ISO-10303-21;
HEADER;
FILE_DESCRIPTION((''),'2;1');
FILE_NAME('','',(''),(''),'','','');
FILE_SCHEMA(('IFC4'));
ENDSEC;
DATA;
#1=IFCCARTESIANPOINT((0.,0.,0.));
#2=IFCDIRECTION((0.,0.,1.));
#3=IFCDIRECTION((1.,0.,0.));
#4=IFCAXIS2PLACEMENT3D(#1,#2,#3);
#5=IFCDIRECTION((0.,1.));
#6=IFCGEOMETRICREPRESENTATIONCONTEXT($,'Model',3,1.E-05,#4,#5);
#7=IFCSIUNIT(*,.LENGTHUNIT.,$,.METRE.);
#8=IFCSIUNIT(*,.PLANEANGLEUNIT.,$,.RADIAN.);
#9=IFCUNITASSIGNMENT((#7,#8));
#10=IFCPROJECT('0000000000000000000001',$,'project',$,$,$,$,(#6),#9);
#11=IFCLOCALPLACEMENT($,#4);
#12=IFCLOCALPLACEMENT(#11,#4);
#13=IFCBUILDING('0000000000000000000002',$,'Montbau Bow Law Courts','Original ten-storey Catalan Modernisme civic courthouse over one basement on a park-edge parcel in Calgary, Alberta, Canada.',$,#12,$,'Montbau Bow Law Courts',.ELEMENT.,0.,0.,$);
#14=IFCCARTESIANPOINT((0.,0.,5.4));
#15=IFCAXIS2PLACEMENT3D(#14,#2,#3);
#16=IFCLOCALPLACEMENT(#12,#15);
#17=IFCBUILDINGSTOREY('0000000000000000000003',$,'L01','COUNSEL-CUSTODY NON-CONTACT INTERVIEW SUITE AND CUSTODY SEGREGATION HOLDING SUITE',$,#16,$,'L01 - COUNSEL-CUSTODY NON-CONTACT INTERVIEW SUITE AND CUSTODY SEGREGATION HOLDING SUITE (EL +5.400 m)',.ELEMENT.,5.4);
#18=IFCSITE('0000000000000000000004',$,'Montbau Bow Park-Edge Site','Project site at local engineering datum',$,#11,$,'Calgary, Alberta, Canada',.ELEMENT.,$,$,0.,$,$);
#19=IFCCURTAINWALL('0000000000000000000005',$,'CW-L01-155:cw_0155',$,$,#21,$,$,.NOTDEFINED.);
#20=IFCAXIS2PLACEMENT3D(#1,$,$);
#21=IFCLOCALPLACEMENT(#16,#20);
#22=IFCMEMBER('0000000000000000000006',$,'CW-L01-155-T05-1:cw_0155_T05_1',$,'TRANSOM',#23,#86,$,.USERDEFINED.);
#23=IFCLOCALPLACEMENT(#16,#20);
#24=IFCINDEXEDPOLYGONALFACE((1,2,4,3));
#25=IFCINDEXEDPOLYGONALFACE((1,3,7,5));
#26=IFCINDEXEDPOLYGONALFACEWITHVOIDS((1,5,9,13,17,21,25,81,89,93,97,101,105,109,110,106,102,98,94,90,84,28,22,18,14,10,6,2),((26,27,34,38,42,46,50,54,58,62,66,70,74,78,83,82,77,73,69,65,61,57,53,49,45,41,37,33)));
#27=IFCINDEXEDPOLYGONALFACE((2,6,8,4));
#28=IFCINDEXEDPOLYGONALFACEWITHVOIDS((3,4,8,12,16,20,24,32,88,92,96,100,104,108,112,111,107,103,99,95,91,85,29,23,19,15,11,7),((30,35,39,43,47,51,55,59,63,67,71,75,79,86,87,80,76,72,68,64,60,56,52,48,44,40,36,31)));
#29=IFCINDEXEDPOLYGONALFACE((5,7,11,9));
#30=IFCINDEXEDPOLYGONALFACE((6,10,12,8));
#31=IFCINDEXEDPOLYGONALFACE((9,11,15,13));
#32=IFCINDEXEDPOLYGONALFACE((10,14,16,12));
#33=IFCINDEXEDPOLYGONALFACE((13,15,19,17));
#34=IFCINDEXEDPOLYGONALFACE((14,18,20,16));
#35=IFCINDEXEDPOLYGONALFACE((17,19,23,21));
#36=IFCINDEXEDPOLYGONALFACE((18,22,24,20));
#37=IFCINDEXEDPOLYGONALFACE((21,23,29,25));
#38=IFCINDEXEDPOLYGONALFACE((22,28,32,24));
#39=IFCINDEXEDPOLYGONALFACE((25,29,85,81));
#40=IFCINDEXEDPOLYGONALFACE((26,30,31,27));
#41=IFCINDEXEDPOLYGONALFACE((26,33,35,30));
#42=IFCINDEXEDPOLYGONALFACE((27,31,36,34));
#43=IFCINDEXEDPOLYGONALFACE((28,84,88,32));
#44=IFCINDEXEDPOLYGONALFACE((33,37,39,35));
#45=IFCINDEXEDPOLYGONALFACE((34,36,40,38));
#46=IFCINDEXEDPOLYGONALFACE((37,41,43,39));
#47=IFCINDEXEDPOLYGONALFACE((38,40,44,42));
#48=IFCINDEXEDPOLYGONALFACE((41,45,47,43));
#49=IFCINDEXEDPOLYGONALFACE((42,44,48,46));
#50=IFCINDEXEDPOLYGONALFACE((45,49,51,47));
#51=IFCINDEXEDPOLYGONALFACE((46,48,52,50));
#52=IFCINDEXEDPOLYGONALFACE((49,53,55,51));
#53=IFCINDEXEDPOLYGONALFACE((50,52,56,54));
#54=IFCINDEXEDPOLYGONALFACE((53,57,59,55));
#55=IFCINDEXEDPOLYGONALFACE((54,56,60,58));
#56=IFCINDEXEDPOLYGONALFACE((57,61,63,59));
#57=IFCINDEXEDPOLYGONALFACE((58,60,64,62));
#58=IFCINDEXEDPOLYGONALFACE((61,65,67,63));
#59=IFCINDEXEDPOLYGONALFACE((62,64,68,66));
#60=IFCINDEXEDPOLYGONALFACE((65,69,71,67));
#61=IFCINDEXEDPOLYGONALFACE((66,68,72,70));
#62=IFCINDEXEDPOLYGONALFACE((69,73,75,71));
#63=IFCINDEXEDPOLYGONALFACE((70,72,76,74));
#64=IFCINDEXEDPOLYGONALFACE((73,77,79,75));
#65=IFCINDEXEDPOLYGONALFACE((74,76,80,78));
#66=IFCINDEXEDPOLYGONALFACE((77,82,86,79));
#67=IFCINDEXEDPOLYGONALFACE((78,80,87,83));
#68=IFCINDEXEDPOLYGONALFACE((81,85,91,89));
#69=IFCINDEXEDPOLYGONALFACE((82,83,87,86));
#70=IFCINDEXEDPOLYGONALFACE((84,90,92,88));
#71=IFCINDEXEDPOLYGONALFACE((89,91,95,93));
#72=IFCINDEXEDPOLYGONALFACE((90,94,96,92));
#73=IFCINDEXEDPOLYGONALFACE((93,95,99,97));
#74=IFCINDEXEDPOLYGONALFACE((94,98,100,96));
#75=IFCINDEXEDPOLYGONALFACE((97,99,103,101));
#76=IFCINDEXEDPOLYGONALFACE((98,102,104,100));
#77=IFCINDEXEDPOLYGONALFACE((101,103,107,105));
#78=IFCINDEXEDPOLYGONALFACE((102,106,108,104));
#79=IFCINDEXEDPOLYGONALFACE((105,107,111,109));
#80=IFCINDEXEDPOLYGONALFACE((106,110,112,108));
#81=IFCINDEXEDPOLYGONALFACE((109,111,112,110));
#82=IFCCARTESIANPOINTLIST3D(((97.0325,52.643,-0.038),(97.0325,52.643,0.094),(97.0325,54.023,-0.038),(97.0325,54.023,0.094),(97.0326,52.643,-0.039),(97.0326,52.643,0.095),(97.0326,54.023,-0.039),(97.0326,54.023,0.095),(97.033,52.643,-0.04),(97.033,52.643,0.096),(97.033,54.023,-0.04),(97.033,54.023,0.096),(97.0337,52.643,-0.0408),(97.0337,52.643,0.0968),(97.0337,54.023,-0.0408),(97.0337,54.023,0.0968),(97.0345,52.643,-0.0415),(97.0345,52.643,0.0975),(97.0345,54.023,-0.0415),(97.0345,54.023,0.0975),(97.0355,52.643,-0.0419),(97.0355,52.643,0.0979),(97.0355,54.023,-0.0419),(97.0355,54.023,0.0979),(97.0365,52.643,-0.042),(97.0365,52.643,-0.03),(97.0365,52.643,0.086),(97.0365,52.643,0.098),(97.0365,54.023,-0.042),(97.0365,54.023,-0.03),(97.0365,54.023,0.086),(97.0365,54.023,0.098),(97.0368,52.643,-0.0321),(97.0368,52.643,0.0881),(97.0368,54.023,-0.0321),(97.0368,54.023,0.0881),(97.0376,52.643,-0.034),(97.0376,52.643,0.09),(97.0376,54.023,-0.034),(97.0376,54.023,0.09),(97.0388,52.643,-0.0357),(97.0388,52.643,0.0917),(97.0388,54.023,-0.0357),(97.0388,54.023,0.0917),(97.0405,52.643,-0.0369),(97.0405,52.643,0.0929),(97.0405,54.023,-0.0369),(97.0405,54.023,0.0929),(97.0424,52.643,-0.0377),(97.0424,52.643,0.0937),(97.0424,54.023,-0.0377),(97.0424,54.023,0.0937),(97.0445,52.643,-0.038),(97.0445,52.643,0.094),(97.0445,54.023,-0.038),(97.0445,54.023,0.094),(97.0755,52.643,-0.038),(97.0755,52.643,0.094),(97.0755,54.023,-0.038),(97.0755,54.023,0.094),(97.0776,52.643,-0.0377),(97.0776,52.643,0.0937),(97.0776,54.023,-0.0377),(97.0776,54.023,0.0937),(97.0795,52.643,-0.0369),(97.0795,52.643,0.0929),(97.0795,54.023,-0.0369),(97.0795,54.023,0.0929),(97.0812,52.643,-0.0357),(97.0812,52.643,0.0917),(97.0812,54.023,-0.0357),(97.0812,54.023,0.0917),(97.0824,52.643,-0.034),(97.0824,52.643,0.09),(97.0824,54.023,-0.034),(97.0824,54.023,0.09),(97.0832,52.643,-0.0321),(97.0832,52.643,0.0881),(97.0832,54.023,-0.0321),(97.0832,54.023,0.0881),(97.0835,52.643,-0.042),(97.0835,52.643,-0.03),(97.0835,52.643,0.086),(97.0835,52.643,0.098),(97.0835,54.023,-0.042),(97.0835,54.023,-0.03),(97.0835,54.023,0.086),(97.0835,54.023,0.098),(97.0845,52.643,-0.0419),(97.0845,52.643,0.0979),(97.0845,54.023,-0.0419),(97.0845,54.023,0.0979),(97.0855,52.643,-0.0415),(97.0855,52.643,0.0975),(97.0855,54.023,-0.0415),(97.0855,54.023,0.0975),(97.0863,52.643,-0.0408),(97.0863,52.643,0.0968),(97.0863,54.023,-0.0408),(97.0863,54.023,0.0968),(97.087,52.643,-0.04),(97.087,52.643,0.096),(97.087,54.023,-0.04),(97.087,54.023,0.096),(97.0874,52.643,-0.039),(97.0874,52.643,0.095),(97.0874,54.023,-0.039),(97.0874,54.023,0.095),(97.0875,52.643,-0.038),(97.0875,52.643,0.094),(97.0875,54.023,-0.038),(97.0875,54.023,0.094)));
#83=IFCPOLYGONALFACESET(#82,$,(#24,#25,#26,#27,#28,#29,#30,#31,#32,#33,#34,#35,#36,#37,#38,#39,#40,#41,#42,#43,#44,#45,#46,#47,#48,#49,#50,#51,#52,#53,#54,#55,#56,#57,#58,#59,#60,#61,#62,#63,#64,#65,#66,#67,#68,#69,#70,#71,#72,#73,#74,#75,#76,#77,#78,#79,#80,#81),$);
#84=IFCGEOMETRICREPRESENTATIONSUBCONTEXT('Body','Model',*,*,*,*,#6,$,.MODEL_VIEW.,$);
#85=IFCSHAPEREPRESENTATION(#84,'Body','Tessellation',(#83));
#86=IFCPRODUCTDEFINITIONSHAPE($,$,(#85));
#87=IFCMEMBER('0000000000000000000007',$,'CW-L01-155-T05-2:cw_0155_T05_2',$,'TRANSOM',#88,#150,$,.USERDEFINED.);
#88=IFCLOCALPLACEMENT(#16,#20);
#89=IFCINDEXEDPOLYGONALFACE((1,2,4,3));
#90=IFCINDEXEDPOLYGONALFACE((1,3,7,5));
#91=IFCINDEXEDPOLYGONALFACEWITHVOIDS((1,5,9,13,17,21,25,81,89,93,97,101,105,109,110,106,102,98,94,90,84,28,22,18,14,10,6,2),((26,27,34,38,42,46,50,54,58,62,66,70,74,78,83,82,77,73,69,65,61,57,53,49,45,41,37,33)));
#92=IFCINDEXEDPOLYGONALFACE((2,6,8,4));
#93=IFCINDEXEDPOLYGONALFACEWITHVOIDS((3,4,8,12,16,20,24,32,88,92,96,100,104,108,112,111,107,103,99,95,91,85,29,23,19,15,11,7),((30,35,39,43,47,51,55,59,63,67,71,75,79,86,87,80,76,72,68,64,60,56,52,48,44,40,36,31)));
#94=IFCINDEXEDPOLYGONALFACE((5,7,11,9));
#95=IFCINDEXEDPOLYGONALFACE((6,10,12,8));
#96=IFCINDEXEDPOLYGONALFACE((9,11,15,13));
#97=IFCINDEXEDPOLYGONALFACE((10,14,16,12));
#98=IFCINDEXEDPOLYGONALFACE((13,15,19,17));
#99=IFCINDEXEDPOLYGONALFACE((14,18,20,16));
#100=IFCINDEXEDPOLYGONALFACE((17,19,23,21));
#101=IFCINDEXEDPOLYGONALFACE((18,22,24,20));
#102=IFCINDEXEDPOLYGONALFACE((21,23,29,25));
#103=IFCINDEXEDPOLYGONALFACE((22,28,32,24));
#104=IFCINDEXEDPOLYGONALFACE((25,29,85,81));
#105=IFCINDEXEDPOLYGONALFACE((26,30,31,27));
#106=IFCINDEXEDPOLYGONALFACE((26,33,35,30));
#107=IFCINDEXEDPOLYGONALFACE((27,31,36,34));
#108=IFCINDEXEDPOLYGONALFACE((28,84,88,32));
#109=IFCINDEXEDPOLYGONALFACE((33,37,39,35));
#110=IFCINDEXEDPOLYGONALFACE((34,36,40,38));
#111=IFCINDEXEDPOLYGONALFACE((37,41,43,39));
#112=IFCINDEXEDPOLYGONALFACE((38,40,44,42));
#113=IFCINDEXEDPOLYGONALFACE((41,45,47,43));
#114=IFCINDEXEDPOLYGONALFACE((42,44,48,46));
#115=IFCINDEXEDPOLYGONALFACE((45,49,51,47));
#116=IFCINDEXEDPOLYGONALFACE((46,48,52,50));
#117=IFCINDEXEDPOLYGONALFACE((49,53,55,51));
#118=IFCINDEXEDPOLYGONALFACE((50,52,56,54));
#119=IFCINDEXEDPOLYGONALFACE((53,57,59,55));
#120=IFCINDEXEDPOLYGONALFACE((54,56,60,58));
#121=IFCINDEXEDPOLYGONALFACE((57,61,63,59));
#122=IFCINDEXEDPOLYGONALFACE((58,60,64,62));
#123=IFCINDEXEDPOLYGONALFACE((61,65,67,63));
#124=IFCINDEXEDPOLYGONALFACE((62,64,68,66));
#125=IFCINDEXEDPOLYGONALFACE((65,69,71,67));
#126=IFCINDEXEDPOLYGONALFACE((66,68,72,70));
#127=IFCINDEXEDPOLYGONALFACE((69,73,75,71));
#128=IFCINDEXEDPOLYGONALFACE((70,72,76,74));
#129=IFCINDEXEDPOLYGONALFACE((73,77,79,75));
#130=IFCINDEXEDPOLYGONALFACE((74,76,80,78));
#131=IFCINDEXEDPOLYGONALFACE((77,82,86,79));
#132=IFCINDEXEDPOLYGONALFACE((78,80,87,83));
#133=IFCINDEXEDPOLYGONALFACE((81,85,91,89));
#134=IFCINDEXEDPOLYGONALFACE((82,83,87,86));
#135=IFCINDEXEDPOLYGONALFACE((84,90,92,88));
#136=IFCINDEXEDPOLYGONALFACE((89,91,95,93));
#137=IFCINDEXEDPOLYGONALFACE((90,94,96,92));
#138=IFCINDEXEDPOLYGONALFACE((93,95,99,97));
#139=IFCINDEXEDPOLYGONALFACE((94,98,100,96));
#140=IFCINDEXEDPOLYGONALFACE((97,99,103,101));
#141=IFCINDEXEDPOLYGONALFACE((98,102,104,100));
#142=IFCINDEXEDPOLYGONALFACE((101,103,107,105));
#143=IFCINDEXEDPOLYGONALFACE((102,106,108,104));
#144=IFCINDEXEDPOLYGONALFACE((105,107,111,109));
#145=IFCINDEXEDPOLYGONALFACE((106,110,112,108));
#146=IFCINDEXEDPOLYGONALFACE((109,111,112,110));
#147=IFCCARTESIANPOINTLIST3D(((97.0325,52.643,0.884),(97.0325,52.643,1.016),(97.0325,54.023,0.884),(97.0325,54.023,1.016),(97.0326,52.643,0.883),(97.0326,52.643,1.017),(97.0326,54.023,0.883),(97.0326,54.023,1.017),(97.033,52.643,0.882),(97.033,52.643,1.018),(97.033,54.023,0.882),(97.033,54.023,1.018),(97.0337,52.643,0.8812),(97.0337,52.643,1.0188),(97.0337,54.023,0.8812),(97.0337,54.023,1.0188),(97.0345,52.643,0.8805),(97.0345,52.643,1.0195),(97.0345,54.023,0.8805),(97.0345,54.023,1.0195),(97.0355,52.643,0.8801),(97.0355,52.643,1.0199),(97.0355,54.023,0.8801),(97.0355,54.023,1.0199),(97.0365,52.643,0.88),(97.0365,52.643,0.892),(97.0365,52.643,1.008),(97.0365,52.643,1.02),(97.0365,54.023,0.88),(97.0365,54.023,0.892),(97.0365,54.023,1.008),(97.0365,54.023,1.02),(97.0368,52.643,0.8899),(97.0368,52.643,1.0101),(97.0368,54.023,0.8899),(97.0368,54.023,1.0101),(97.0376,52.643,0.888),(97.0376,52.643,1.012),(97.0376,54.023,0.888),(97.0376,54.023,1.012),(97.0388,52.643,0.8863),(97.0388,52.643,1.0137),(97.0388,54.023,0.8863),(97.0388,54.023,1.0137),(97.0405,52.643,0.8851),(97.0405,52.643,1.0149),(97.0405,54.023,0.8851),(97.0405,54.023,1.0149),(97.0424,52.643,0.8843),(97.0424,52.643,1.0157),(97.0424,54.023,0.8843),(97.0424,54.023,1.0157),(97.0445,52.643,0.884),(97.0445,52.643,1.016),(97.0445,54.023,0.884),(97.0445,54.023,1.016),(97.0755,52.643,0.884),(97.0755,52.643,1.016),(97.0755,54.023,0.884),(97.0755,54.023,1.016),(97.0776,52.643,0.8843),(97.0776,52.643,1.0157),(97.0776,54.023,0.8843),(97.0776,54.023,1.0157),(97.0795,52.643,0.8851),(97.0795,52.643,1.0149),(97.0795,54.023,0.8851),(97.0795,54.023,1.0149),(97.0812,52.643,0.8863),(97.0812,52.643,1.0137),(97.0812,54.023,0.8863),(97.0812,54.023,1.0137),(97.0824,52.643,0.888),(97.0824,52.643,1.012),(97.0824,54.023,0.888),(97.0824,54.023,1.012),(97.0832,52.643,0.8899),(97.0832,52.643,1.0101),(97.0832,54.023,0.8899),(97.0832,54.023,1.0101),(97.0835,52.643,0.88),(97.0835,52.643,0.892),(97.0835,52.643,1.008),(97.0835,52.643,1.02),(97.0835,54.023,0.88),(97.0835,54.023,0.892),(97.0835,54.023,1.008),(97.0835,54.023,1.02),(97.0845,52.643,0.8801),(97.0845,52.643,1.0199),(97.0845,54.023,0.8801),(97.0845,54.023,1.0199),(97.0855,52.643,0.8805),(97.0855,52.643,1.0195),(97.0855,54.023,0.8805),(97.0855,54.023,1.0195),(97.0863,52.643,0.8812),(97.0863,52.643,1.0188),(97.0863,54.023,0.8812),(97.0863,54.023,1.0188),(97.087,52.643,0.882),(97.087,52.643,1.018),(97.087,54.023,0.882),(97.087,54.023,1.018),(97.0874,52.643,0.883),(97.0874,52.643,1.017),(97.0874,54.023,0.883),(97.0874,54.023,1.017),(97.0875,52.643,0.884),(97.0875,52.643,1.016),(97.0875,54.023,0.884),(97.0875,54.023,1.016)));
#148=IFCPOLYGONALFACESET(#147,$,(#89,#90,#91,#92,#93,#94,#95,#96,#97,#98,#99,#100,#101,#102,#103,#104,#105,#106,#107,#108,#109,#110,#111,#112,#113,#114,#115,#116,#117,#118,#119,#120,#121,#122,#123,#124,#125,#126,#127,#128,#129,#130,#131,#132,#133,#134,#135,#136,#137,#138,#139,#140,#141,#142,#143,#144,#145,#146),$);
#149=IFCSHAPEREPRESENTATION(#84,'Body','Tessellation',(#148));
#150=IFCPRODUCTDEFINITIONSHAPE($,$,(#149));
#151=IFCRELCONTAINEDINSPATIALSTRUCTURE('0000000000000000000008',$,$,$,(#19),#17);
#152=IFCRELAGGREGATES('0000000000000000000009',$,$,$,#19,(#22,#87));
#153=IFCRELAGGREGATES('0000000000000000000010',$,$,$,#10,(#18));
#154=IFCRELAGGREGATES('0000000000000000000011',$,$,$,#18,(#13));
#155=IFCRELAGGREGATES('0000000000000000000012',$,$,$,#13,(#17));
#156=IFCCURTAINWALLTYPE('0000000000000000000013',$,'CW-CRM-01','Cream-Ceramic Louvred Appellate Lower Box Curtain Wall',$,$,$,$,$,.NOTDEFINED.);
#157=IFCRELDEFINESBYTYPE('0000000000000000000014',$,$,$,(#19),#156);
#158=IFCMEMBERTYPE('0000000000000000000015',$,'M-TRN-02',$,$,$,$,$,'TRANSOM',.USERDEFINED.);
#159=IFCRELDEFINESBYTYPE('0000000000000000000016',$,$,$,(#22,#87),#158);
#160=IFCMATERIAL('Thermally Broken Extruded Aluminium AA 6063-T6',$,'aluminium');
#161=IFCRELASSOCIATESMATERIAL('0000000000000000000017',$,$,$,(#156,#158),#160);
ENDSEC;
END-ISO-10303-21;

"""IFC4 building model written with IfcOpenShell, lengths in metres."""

from ifc_helpers import new_model, si_unit, direction, frame, origin_with_axes, origin_2d_with_axis, place, context, subcontext, project, spatial, hollow_rectangle, extrude, material, material_profile, profile_set, type_object, element, aggregate, save


model = new_model("IFC4")

# Units and contexts
model_context = context("Model", 3, precision=1e-05, world=origin_with_axes(), true_north=direction((0.0, 1.0)))
body_context = subcontext(model_context, "Body", "Model", "MODEL_VIEW")
ifc_project = project(units=[si_unit("LENGTHUNIT", "METRE"), si_unit("PLANEANGLEUNIT", "RADIAN")], contexts=[model_context])

# Site, building, storey
site_placement = place(None, origin_with_axes())
site = spatial("IfcSite", under=ifc_project, at=site_placement, Name="Montbau Bow Park-Edge Site", Description="Project site at local engineering datum", LongName="Calgary, Alberta, Canada", CompositionType="ELEMENT", RefElevation=0.0)
building_placement = place(site_placement, origin_with_axes())
building = spatial("IfcBuilding", under=site, at=building_placement, Name="Montbau Bow Law Courts", Description="Original ten-storey Catalan Modernisme civic courthouse over one basement on a park-edge parcel in Calgary, Alberta, Canada.", LongName="Montbau Bow Law Courts", CompositionType="ELEMENT", ElevationOfRefHeight=0.0, ElevationOfTerrain=0.0)
storey_placement = place(building_placement, frame((0.0, 0.0, 5.4), z_axis=(0.0, 0.0, 1.0), x_axis=(1.0, 0.0, 0.0)))
storey = spatial("IfcBuildingStorey", under=building, at=storey_placement, Name="L01", Description="COUNSEL-CUSTODY NON-CONTACT INTERVIEW SUITE AND CUSTODY SEGREGATION HOLDING SUITE", LongName="L01 - COUNSEL-CUSTODY NON-CONTACT INTERVIEW SUITE AND CUSTODY SEGREGATION HOLDING SUITE (EL +5.400 m)", CompositionType="ELEMENT", Elevation=5.4)

# Shared definitions
ifc_material_1 = material(Name="Thermally Broken Extruded Aluminium AA 6063-T6", Category="aluminium")
curtain_wall_type = type_object("IfcCurtainWallType", Name="CW-CRM-01", Description="Cream-Ceramic Louvred Appellate Lower Box Curtain Wall", PredefinedType="NOTDEFINED", material=ifc_material_1)

# Curtain wall
curtain_wall_1_placement = place(None, frame((97.06, 46.715, 5.4), z_axis=(0.0, 0.0, 1.0), x_axis=(1.0, 0.0, 0.0)))
curtain_wall_1 = element("IfcCurtainWall", 1, at=curtain_wall_1_placement, inside=storey, type_object=curtain_wall_type, Name="CW-L01-155:cw_0155", PredefinedType="NOTDEFINED")

# Members
ifc_material_profile_1 = material_profile(ifc_material_1, hollow_rectangle(XDim=0.055, YDim=0.14, WallThickness=0.004, InnerFilletRadius=0.008, OuterFilletRadius=0.004, at=origin_2d_with_axis()), Name="CWT-140X55", Category="Main", Priority=0)
ifc_profile_set_1 = profile_set([ifc_material_profile_1], Name="Thermally Broken Extruded Aluminium AA 6063-T6")
member_type_1 = type_object("IfcMemberType", Name="M-TRN-02", ElementType="TRANSOM", PredefinedType="USERDEFINED", material=ifc_profile_set_1)
member_1_placement = place(None, frame((97.06, 52.643, 5.428), z_axis=(0.0, 1.0, 0.0), x_axis=(-1.0, 0.0, 0.0)))
member_1 = element("IfcMember", 2, at=member_1_placement, type_object=member_type_1, Name="CW-L01-155-T05-1:cw_0155_T05_1", ObjectType="TRANSOM", PredefinedType="USERDEFINED", context=body_context, shape_type="SweptSolid", body=[
    extrude(hollow_rectangle(XDim=0.055, YDim=0.14, WallThickness=0.004, InnerFilletRadius=0.008, OuterFilletRadius=0.004, at=origin_2d_with_axis()), origin_with_axes(), (0.0, 0.0, 1.0), 1.38),
])
member_2_placement = place(None, frame((97.06, 52.643, 6.35), z_axis=(0.0, 1.0, 0.0), x_axis=(-1.0, 0.0, 0.0)))
member_2 = element("IfcMember", 3, at=member_2_placement, type_object=member_type_1, Name="CW-L01-155-T05-2:cw_0155_T05_2", ObjectType="TRANSOM", PredefinedType="USERDEFINED", context=body_context, shape_type="SweptSolid", body=[
    extrude(hollow_rectangle(XDim=0.055, YDim=0.14, WallThickness=0.004, InnerFilletRadius=0.008, OuterFilletRadius=0.004, at=origin_2d_with_axis()), origin_with_axes(), (0.0, 0.0, 1.0), 1.38),
])

aggregate(curtain_wall_1, [member_1, member_2])

save(model, "model.ifc")
